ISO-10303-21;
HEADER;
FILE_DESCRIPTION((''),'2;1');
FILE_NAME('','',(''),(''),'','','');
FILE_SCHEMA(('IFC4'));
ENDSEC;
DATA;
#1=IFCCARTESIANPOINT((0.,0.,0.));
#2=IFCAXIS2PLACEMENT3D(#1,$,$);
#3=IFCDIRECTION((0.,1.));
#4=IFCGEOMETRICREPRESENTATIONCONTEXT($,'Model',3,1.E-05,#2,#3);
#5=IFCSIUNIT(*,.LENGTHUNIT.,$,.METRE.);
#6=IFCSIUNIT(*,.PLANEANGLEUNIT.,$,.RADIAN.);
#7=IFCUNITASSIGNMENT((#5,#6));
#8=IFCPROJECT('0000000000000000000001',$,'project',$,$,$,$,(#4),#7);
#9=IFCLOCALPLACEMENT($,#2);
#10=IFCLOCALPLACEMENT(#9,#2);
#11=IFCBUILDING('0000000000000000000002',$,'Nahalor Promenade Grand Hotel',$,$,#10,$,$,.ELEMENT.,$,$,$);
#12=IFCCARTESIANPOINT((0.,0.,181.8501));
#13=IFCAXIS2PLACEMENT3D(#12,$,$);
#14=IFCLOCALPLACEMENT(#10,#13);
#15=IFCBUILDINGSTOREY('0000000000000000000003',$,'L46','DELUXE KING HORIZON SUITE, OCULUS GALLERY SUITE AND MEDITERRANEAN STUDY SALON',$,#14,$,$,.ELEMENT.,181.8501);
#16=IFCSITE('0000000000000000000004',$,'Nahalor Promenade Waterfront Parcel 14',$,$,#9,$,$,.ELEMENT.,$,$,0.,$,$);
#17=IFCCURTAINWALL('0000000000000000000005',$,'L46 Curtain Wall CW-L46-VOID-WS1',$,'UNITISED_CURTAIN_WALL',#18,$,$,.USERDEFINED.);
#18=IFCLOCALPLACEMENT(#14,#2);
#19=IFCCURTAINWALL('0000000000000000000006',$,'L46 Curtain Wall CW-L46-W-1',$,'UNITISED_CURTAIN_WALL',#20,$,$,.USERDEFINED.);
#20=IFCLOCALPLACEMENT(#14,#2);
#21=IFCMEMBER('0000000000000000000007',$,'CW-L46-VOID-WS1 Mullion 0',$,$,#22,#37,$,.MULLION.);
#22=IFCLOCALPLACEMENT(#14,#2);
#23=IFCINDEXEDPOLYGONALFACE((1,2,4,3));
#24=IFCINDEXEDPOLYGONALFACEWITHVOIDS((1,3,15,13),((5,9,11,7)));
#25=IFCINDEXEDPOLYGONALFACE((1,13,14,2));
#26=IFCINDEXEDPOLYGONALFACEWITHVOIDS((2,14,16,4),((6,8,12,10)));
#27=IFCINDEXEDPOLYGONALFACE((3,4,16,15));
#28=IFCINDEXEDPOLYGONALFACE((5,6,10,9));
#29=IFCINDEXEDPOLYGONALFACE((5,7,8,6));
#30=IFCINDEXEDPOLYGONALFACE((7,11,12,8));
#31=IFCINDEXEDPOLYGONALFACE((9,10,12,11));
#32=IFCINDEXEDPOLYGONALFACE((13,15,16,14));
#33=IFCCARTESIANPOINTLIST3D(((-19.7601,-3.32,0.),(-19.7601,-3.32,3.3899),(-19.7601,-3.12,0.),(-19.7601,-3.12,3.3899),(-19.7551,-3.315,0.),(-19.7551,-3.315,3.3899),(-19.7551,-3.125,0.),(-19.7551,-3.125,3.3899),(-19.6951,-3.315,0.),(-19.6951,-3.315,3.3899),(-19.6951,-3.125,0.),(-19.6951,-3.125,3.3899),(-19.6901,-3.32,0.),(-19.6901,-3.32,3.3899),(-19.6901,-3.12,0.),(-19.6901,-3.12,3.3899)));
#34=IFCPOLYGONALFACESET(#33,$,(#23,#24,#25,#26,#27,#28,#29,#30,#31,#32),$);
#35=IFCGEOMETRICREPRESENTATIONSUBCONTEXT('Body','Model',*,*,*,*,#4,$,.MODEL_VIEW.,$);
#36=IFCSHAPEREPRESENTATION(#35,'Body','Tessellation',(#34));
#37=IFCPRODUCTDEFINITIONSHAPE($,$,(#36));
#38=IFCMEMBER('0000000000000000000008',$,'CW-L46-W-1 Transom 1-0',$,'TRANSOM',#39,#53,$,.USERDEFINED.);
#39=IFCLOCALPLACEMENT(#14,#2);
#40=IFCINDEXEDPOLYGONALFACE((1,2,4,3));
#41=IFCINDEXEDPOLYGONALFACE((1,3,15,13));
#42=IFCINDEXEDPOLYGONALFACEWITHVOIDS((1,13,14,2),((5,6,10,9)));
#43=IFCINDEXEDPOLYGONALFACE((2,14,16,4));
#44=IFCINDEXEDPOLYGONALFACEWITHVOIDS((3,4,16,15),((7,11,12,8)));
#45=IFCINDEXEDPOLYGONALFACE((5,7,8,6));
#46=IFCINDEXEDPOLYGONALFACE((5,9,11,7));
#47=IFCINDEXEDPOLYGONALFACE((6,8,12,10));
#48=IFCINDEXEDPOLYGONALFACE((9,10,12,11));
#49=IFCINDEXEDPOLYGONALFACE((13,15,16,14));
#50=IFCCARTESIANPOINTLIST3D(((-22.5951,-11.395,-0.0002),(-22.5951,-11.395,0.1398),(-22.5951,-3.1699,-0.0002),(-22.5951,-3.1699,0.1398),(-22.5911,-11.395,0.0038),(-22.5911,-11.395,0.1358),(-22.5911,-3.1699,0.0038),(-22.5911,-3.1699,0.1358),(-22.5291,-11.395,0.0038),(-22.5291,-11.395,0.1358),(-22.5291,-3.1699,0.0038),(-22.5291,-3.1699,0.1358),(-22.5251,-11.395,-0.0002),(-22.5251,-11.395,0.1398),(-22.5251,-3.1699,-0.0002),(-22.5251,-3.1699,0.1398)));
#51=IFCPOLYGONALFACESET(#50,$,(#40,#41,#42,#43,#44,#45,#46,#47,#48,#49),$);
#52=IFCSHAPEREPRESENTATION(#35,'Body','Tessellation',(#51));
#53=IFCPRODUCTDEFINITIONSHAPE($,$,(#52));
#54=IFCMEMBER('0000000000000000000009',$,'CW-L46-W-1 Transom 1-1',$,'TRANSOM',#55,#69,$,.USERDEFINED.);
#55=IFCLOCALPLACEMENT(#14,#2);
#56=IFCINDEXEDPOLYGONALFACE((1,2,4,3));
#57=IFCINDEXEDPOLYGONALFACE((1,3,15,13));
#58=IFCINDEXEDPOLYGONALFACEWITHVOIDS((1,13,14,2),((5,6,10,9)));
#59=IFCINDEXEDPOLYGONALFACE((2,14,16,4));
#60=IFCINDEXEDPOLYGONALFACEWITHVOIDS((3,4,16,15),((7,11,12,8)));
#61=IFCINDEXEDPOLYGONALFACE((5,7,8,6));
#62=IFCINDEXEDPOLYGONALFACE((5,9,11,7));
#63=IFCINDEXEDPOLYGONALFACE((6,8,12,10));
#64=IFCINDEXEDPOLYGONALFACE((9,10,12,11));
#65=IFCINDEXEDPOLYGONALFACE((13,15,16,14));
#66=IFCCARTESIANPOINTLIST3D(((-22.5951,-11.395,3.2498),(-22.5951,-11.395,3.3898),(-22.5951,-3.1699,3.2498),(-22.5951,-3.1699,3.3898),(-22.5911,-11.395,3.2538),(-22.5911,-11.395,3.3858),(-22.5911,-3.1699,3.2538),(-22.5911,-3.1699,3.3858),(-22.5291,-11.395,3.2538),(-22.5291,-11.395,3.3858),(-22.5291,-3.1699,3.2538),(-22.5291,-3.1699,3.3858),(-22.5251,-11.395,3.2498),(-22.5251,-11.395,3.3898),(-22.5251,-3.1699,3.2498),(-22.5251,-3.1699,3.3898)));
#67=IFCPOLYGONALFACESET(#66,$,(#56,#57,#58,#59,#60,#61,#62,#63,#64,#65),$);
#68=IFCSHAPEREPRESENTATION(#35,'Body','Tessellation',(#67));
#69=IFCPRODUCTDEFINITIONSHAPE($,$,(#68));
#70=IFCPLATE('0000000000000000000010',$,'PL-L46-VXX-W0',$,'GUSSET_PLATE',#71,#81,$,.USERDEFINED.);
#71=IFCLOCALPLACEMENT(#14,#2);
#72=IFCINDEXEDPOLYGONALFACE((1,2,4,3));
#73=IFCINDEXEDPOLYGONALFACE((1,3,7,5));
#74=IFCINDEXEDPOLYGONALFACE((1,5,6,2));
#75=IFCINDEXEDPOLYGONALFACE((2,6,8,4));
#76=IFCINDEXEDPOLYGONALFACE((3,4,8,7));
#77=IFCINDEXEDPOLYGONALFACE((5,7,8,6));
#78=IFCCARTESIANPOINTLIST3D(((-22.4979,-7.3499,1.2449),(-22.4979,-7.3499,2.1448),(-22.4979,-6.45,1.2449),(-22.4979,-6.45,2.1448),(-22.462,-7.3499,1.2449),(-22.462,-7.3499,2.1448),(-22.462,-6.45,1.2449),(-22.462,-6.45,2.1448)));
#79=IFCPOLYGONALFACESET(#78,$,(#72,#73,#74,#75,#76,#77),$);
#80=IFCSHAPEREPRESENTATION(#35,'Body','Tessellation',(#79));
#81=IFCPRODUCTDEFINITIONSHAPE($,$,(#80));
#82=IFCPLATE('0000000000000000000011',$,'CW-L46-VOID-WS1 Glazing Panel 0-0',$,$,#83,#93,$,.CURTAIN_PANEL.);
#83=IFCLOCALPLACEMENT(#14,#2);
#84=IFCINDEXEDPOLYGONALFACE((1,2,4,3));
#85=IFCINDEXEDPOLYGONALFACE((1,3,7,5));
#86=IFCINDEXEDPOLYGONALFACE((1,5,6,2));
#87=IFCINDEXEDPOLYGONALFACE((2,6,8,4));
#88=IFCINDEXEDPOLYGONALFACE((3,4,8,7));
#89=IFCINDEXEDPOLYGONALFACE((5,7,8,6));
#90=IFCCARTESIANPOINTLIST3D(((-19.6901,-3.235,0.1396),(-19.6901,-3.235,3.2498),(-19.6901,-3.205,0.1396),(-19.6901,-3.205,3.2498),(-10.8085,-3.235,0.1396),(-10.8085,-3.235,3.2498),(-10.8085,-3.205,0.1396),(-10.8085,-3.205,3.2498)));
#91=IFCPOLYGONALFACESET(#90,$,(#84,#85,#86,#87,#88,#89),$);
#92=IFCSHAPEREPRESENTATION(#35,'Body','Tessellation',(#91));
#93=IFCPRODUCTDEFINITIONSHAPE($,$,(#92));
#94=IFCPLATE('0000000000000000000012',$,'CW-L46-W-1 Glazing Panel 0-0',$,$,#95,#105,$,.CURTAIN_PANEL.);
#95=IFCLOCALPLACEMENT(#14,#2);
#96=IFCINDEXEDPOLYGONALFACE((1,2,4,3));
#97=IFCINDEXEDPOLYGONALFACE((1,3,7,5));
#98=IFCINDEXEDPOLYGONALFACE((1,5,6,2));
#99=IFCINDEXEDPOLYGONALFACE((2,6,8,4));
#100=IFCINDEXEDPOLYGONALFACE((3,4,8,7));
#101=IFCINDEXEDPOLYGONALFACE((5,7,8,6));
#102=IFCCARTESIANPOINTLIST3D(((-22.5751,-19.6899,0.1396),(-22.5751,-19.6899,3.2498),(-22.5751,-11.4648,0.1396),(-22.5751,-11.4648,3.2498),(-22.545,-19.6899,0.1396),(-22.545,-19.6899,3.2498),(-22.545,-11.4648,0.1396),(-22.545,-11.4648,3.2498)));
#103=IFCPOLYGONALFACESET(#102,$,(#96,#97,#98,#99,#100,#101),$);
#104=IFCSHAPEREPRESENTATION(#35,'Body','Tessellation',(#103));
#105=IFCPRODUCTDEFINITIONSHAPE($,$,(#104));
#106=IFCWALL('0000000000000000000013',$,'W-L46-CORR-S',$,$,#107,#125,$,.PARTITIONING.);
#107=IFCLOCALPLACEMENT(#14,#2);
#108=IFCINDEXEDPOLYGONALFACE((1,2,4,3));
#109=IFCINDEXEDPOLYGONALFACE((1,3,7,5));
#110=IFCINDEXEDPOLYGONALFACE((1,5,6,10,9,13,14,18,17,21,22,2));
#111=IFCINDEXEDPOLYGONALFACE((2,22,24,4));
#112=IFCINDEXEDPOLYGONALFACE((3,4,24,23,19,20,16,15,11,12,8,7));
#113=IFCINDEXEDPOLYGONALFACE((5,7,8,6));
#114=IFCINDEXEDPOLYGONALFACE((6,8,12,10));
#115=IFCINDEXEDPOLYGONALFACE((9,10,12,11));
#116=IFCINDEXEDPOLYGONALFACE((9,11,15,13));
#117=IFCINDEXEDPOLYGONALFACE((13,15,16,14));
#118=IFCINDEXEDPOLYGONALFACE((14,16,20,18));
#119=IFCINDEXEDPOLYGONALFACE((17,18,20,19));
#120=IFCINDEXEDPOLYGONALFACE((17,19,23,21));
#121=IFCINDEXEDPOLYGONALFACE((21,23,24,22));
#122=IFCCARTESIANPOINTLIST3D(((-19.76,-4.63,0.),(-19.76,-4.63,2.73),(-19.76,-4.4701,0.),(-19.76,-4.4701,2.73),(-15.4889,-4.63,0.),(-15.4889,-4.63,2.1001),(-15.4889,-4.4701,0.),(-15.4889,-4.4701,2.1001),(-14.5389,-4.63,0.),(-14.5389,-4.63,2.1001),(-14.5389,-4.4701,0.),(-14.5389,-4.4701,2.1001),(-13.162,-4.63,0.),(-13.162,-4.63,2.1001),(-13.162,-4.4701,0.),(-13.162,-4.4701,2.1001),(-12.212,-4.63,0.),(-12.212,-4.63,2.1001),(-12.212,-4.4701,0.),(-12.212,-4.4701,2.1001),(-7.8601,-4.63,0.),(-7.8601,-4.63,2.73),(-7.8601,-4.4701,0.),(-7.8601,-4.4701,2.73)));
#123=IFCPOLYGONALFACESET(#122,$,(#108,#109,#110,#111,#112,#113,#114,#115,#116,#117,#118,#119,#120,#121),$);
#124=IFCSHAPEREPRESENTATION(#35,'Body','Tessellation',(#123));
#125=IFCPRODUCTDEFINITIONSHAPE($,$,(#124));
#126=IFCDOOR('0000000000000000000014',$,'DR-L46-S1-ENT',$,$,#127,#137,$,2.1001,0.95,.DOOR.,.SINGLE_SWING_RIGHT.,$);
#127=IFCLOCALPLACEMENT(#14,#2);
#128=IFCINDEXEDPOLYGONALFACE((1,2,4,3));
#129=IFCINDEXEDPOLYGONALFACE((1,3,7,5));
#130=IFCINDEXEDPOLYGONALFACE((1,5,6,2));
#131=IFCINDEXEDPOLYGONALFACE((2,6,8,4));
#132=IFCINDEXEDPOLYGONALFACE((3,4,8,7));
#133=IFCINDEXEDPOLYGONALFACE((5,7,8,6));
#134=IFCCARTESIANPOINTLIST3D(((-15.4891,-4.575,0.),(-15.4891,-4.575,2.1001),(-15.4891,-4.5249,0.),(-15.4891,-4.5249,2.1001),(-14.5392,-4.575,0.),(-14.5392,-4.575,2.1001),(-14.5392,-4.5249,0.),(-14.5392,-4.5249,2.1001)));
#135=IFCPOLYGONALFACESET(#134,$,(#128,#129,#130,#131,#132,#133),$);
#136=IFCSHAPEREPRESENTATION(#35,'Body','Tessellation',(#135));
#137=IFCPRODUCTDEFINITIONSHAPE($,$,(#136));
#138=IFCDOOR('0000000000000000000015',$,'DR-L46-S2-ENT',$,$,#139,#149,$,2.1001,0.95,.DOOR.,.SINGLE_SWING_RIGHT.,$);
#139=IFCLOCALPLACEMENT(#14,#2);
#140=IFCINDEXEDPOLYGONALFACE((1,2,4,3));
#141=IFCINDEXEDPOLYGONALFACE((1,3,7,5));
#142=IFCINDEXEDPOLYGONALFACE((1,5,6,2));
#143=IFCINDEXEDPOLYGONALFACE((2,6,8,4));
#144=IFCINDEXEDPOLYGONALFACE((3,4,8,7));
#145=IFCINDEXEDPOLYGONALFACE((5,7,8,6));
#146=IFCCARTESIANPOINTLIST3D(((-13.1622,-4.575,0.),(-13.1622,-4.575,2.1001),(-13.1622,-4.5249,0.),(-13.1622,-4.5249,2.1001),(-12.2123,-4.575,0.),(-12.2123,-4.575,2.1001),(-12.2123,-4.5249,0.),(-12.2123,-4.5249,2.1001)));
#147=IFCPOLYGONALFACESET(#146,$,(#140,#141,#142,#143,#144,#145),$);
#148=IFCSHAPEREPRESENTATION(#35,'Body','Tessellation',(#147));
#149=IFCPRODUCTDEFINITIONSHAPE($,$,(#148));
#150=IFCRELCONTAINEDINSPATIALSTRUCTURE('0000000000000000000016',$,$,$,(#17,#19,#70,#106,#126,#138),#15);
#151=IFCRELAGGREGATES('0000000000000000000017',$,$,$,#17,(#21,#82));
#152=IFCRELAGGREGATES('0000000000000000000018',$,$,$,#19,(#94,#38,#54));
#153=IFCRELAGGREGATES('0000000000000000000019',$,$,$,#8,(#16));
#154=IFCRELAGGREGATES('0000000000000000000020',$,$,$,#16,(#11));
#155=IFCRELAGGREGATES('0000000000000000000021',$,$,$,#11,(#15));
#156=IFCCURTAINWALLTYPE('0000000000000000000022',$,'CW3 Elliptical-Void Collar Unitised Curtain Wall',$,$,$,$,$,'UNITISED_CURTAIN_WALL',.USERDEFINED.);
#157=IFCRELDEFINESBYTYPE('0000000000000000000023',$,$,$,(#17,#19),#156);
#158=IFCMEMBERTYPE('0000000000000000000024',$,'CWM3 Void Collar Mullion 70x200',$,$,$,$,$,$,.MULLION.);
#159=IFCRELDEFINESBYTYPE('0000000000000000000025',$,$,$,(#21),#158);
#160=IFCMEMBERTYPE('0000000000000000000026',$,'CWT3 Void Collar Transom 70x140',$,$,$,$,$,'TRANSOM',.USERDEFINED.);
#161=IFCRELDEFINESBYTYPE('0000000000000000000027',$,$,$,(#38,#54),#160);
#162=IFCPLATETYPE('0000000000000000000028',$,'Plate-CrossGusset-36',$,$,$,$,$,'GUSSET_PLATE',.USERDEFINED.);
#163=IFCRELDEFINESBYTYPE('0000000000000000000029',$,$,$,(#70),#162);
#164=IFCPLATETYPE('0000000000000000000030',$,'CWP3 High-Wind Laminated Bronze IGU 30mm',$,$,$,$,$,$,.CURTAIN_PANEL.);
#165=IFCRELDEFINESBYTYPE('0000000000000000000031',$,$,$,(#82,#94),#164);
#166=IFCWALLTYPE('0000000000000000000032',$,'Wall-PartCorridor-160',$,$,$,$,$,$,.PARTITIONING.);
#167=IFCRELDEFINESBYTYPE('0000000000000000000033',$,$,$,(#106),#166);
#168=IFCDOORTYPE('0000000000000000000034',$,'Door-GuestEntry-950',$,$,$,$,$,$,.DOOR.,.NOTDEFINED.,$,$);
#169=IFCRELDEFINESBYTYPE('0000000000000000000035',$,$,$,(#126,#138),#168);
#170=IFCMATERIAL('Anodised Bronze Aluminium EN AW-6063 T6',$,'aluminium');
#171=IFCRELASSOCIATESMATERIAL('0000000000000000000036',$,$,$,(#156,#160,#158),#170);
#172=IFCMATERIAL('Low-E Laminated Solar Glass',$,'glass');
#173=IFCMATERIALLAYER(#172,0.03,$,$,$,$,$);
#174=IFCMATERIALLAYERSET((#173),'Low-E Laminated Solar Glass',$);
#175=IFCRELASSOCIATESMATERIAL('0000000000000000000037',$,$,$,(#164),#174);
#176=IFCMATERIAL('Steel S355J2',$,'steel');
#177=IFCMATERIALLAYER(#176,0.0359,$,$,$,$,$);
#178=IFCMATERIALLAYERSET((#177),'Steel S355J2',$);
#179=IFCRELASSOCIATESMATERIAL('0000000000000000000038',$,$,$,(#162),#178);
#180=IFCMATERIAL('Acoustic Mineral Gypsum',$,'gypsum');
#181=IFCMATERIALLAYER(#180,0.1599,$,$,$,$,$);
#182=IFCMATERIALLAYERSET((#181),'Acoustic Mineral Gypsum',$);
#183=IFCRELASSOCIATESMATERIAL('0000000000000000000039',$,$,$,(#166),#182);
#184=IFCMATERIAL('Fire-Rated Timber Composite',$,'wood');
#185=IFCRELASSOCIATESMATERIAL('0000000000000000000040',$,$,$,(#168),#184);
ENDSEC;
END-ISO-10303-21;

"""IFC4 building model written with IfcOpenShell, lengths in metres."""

from ifc_helpers import new_model, si_unit, direction, frame, frame_2d, origin, origin_2d, place, context, subcontext, project, spatial, rectangle, hollow_rectangle, extrude, source, transform, mapped, material, layer, layer_set, material_profile, profile_set, type_object, element, fill, aggregate, save


model = new_model("IFC4")

# Units and contexts
model_context = context("Model", 3, precision=1e-05, world=origin(), true_north=direction((0.0, 1.0)))
body_context = subcontext(model_context, "Body", "Model", "MODEL_VIEW")
ifc_project = project(units=[si_unit("LENGTHUNIT", "METRE"), si_unit("PLANEANGLEUNIT", "RADIAN")], contexts=[model_context])

# Site, building, storey
site_placement = place(None, origin())
site = spatial("IfcSite", under=ifc_project, at=site_placement, Name="Nahalor Promenade Waterfront Parcel 14", CompositionType="ELEMENT", RefElevation=0.0)
building_placement = place(site_placement, origin())
building = spatial("IfcBuilding", under=site, at=building_placement, Name="Nahalor Promenade Grand Hotel", CompositionType="ELEMENT")
storey_placement = place(building_placement, frame((0.0, 0.0, 181.8501)))
storey = spatial("IfcBuildingStorey", under=building, at=storey_placement, Name="L46", Description="DELUXE KING HORIZON SUITE, OCULUS GALLERY SUITE AND MEDITERRANEAN STUDY SALON", CompositionType="ELEMENT", Elevation=181.8501)

# Shared definitions
ifc_material_1 = material(Name="Steel S355J2", Category="steel")

# Curtain walls
ifc_material_2 = material(Name="Anodised Bronze Aluminium EN AW-6063 T6", Category="aluminium")
curtain_wall_type = type_object("IfcCurtainWallType", Name="CW3 Elliptical-Void Collar Unitised Curtain Wall", ElementType="UNITISED_CURTAIN_WALL", PredefinedType="USERDEFINED", material=ifc_material_2)
curtain_wall_1_placement = place(storey_placement, origin())
curtain_wall_1 = element("IfcCurtainWall", 1, at=curtain_wall_1_placement, inside=storey, type_object=curtain_wall_type, Name="L46 Curtain Wall CW-L46-VOID-WS1", ObjectType="UNITISED_CURTAIN_WALL", PredefinedType="USERDEFINED")
ifc_material_profile_1 = material_profile(ifc_material_2, hollow_rectangle(XDim=0.07, YDim=0.14, WallThickness=0.004, at=origin_2d()), Name="CWT 70x140x4")
ifc_profile_set_1 = profile_set([ifc_material_profile_1], Name="Anodised Bronze Aluminium EN AW-6063 T6")
member_type_1 = type_object("IfcMemberType", Name="CWT3 Void Collar Transom 70x140", ElementType="TRANSOM", PredefinedType="USERDEFINED", material=ifc_profile_set_1)
curtain_wall_2_placement = place(storey_placement, origin())
curtain_wall_2 = element("IfcCurtainWall", 2, at=curtain_wall_2_placement, inside=storey, type_object=curtain_wall_type, Name="L46 Curtain Wall CW-L46-W-1", ObjectType="UNITISED_CURTAIN_WALL", PredefinedType="USERDEFINED")
ifc_material_profile_2 = material_profile(ifc_material_2, hollow_rectangle(XDim=0.07, YDim=0.2, WallThickness=0.005, at=origin_2d()), Name="CWM 70x200x5")
ifc_profile_set_2 = profile_set([ifc_material_profile_2], Name="Anodised Bronze Aluminium EN AW-6063 T6")
member_type_2 = type_object("IfcMemberType", Name="CWM3 Void Collar Mullion 70x200", PredefinedType="MULLION", material=ifc_profile_set_2)
shared_shape_1 = source(origin(), body_context, "Body", "SweptSolid", [
    extrude(hollow_rectangle(XDim=0.07, YDim=0.2, WallThickness=0.005, at=origin_2d()), origin(), (0.0, 0.0, 1.0), 3.3899),
])

# Members
member_1_placement = place(storey_placement, frame((-19.7251, -3.22, 0.0), z_axis=(0.0, 0.0, 1.0), x_axis=(1.0, 0.0, 0.0)))
member_1 = element("IfcMember", 3, at=member_1_placement, type_object=member_type_2, Name="CW-L46-VOID-WS1 Mullion 0", PredefinedType="MULLION", context=body_context, shape_type="MappedRepresentation", body=[
    mapped(shared_shape_1, transform((0.0, 0.0, 0.0), scale=1.0)),
])
shared_shape_2 = source(origin(), body_context, "Body", "SweptSolid", [
    extrude(hollow_rectangle(XDim=0.07, YDim=0.14, WallThickness=0.004, at=origin_2d()), origin(), (0.0, 0.0, 1.0), 8.2251),
])
member_2_placement = place(storey_placement, frame((-22.5601, -11.395, 0.0698), z_axis=(0.0, 1.0, 0.0), x_axis=(-1.0, 0.0, 0.0)))
member_2 = element("IfcMember", 4, at=member_2_placement, type_object=member_type_1, Name="CW-L46-W-1 Transom 1-0", ObjectType="TRANSOM", PredefinedType="USERDEFINED", context=body_context, shape_type="MappedRepresentation", body=[
    mapped(shared_shape_2, transform((0.0, 0.0, 0.0), scale=1.0)),
])
member_3_placement = place(storey_placement, frame((-22.5601, -11.395, 3.3198), z_axis=(0.0, 1.0, 0.0), x_axis=(-1.0, 0.0, 0.0)))
member_3 = element("IfcMember", 5, at=member_3_placement, type_object=member_type_1, Name="CW-L46-W-1 Transom 1-1", ObjectType="TRANSOM", PredefinedType="USERDEFINED", context=body_context, shape_type="MappedRepresentation", body=[
    mapped(shared_shape_2, transform((0.0, 0.0, 0.0), scale=1.0)),
])

# Plates
ifc_material_3 = material(Name="Low-E Laminated Solar Glass", Category="glass")
ifc_layer_1 = layer(ifc_material_3, 0.03)
ifc_layer_set_1 = layer_set([ifc_layer_1], Name="Low-E Laminated Solar Glass")
plate_type_1 = type_object("IfcPlateType", Name="CWP3 High-Wind Laminated Bronze IGU 30mm", PredefinedType="CURTAIN_PANEL", material=ifc_layer_set_1)
ifc_layer_2 = layer(ifc_material_1, 0.0359)
ifc_layer_set_2 = layer_set([ifc_layer_2], Name="Steel S355J2")
plate_type_2 = type_object("IfcPlateType", Name="Plate-CrossGusset-36", ElementType="GUSSET_PLATE", PredefinedType="USERDEFINED", material=ifc_layer_set_2)
shared_shape_3 = source(origin(), body_context, "Body", "SweptSolid", [
    extrude(rectangle(XDim=0.8999, YDim=0.0359, at=origin_2d()), origin(), (0.0, 0.0, 1.0), 0.8999),
])
plate_1_placement = place(storey_placement, frame((-22.48, -6.8999, 1.2449), z_axis=(0.0, 0.0, 1.0), x_axis=(0.0, 1.0, 0.0)))
element("IfcPlate", 6, at=plate_1_placement, inside=storey, type_object=plate_type_2, Name="PL-L46-VXX-W0", ObjectType="GUSSET_PLATE", PredefinedType="USERDEFINED", context=body_context, shape_type="MappedRepresentation", body=[
    mapped(shared_shape_3, transform((0.0, 0.0, 0.0), scale=1.0)),
])
shared_shape_4 = source(origin(), body_context, "Body", "SweptSolid", [
    extrude(rectangle(XDim=8.8816, YDim=0.03, at=origin_2d()), origin(), (0.0, 0.0, 1.0), 3.1101),
])
plate_2_placement = place(storey_placement, frame((-15.2493, -3.22, 0.1396), z_axis=(0.0, 0.0, 1.0), x_axis=(1.0, 0.0, 0.0)))
plate_2 = element("IfcPlate", 7, at=plate_2_placement, type_object=plate_type_1, Name="CW-L46-VOID-WS1 Glazing Panel 0-0", PredefinedType="CURTAIN_PANEL", context=body_context, shape_type="MappedRepresentation", body=[
    mapped(shared_shape_4, transform((0.0, 0.0, 0.0), scale=1.0)),
])
aggregate(curtain_wall_1, [member_1, plate_2])
shared_shape_5 = source(origin(), body_context, "Body", "SweptSolid", [
    extrude(rectangle(XDim=8.2251, YDim=0.03, at=origin_2d()), origin(), (0.0, 0.0, 1.0), 3.1101),
])
plate_3_placement = place(storey_placement, frame((-22.5601, -15.5774, 0.1396), z_axis=(0.0, 0.0, 1.0), x_axis=(0.0, 1.0, 0.0)))
plate_3 = element("IfcPlate", 8, at=plate_3_placement, type_object=plate_type_1, Name="CW-L46-W-1 Glazing Panel 0-0", PredefinedType="CURTAIN_PANEL", context=body_context, shape_type="MappedRepresentation", body=[
    mapped(shared_shape_5, transform((0.0, 0.0, 0.0), scale=1.0)),
])
aggregate(curtain_wall_2, [plate_3, member_2, member_3])

# Wall, openings, doors
ifc_material_4 = material(Name="Acoustic Mineral Gypsum", Category="gypsum")
ifc_layer_3 = layer(ifc_material_4, 0.1599)
ifc_layer_set_3 = layer_set([ifc_layer_3], Name="Acoustic Mineral Gypsum")
wall_type = type_object("IfcWallType", Name="Wall-PartCorridor-160", PredefinedType="PARTITIONING", material=ifc_layer_set_3)
shared_shape_6 = source(origin(), body_context, "Body", "SweptSolid", [
    extrude(rectangle(XDim=11.8999, YDim=0.1599, at=frame_2d((5.95, 0.0))), origin(), (0.0, 0.0, 1.0), 2.73),
])
wall_placement = place(storey_placement, frame((-19.76, -4.55, 0.0), z_axis=(0.0, 0.0, 1.0), x_axis=(1.0, 0.0, 0.0)))
wall = element("IfcWall", 9, at=wall_placement, inside=storey, type_object=wall_type, Name="W-L46-CORR-S", PredefinedType="PARTITIONING", context=body_context, shape_type="MappedRepresentation", body=[
    mapped(shared_shape_6, transform((0.0, 0.0, 0.0), scale=1.0)),
])
opening_1_placement = place(wall_placement, frame((4.271, 0.0, 0.0)))
opening_1 = element("IfcOpeningElement", 10, at=opening_1_placement, cuts=wall, PredefinedType="OPENING", context=body_context, shape_type="SweptSolid", body=[
    extrude(rectangle(XDim=0.95, YDim=2.1001, at=frame_2d((0.4751, 1.05))), frame((0.0, 0.0898, 0.0), z_axis=(0.0, -1.0, 0.0), x_axis=(1.0, 0.0, 0.0)), (0.0, 0.0, 1.0), 0.1799),
])
opening_2_placement = place(wall_placement, frame((6.5979, 0.0, 0.0)))
opening_2 = element("IfcOpeningElement", 11, at=opening_2_placement, cuts=wall, PredefinedType="OPENING", context=body_context, shape_type="SweptSolid", body=[
    extrude(rectangle(XDim=0.95, YDim=2.1001, at=frame_2d((0.4751, 1.05))), frame((0.0, 0.0898, 0.0), z_axis=(0.0, -1.0, 0.0), x_axis=(1.0, 0.0, 0.0)), (0.0, 0.0, 1.0), 0.1799),
])
ifc_material_5 = material(Name="Fire-Rated Timber Composite", Category="wood")
door_type = type_object("IfcDoorType", Name="Door-GuestEntry-950", OperationType="NOTDEFINED", PredefinedType="DOOR", material=ifc_material_5)
shared_shape_7 = source(origin(), body_context, "Body", "SweptSolid", [
    extrude(rectangle(XDim=0.95, YDim=2.1001, at=frame_2d((0.4751, 1.05))), frame((0.0, 0.0249, 0.0), z_axis=(0.0, -1.0, 0.0), x_axis=(1.0, 0.0, 0.0)), (0.0, 0.0, 1.0), 0.05),
])
door_1_placement = place(opening_1_placement, frame((0.95, 0.0, 0.0), z_axis=(0.0, 0.0, 1.0), x_axis=(-1.0, 0.0, 0.0)))
door_1 = element("IfcDoor", 12, at=door_1_placement, inside=storey, type_object=door_type, Name="DR-L46-S1-ENT", OperationType="SINGLE_SWING_RIGHT", OverallHeight=2.1001, OverallWidth=0.95, PredefinedType="DOOR", context=body_context, shape_type="MappedRepresentation", body=[
    mapped(shared_shape_7, transform((0.0, 0.0, 0.0), scale=1.0)),
])
fill(opening_1, door_1)
door_2_placement = place(opening_2_placement, frame((0.95, 0.0, 0.0), z_axis=(0.0, 0.0, 1.0), x_axis=(-1.0, 0.0, 0.0)))
door_2 = element("IfcDoor", 13, at=door_2_placement, inside=storey, type_object=door_type, Name="DR-L46-S2-ENT", OperationType="SINGLE_SWING_RIGHT", OverallHeight=2.1001, OverallWidth=0.95, PredefinedType="DOOR", context=body_context, shape_type="MappedRepresentation", body=[
    mapped(shared_shape_7, transform((0.0, 0.0, 0.0), scale=1.0)),
])
fill(opening_2, door_2)

save(model, "model.ifc")
